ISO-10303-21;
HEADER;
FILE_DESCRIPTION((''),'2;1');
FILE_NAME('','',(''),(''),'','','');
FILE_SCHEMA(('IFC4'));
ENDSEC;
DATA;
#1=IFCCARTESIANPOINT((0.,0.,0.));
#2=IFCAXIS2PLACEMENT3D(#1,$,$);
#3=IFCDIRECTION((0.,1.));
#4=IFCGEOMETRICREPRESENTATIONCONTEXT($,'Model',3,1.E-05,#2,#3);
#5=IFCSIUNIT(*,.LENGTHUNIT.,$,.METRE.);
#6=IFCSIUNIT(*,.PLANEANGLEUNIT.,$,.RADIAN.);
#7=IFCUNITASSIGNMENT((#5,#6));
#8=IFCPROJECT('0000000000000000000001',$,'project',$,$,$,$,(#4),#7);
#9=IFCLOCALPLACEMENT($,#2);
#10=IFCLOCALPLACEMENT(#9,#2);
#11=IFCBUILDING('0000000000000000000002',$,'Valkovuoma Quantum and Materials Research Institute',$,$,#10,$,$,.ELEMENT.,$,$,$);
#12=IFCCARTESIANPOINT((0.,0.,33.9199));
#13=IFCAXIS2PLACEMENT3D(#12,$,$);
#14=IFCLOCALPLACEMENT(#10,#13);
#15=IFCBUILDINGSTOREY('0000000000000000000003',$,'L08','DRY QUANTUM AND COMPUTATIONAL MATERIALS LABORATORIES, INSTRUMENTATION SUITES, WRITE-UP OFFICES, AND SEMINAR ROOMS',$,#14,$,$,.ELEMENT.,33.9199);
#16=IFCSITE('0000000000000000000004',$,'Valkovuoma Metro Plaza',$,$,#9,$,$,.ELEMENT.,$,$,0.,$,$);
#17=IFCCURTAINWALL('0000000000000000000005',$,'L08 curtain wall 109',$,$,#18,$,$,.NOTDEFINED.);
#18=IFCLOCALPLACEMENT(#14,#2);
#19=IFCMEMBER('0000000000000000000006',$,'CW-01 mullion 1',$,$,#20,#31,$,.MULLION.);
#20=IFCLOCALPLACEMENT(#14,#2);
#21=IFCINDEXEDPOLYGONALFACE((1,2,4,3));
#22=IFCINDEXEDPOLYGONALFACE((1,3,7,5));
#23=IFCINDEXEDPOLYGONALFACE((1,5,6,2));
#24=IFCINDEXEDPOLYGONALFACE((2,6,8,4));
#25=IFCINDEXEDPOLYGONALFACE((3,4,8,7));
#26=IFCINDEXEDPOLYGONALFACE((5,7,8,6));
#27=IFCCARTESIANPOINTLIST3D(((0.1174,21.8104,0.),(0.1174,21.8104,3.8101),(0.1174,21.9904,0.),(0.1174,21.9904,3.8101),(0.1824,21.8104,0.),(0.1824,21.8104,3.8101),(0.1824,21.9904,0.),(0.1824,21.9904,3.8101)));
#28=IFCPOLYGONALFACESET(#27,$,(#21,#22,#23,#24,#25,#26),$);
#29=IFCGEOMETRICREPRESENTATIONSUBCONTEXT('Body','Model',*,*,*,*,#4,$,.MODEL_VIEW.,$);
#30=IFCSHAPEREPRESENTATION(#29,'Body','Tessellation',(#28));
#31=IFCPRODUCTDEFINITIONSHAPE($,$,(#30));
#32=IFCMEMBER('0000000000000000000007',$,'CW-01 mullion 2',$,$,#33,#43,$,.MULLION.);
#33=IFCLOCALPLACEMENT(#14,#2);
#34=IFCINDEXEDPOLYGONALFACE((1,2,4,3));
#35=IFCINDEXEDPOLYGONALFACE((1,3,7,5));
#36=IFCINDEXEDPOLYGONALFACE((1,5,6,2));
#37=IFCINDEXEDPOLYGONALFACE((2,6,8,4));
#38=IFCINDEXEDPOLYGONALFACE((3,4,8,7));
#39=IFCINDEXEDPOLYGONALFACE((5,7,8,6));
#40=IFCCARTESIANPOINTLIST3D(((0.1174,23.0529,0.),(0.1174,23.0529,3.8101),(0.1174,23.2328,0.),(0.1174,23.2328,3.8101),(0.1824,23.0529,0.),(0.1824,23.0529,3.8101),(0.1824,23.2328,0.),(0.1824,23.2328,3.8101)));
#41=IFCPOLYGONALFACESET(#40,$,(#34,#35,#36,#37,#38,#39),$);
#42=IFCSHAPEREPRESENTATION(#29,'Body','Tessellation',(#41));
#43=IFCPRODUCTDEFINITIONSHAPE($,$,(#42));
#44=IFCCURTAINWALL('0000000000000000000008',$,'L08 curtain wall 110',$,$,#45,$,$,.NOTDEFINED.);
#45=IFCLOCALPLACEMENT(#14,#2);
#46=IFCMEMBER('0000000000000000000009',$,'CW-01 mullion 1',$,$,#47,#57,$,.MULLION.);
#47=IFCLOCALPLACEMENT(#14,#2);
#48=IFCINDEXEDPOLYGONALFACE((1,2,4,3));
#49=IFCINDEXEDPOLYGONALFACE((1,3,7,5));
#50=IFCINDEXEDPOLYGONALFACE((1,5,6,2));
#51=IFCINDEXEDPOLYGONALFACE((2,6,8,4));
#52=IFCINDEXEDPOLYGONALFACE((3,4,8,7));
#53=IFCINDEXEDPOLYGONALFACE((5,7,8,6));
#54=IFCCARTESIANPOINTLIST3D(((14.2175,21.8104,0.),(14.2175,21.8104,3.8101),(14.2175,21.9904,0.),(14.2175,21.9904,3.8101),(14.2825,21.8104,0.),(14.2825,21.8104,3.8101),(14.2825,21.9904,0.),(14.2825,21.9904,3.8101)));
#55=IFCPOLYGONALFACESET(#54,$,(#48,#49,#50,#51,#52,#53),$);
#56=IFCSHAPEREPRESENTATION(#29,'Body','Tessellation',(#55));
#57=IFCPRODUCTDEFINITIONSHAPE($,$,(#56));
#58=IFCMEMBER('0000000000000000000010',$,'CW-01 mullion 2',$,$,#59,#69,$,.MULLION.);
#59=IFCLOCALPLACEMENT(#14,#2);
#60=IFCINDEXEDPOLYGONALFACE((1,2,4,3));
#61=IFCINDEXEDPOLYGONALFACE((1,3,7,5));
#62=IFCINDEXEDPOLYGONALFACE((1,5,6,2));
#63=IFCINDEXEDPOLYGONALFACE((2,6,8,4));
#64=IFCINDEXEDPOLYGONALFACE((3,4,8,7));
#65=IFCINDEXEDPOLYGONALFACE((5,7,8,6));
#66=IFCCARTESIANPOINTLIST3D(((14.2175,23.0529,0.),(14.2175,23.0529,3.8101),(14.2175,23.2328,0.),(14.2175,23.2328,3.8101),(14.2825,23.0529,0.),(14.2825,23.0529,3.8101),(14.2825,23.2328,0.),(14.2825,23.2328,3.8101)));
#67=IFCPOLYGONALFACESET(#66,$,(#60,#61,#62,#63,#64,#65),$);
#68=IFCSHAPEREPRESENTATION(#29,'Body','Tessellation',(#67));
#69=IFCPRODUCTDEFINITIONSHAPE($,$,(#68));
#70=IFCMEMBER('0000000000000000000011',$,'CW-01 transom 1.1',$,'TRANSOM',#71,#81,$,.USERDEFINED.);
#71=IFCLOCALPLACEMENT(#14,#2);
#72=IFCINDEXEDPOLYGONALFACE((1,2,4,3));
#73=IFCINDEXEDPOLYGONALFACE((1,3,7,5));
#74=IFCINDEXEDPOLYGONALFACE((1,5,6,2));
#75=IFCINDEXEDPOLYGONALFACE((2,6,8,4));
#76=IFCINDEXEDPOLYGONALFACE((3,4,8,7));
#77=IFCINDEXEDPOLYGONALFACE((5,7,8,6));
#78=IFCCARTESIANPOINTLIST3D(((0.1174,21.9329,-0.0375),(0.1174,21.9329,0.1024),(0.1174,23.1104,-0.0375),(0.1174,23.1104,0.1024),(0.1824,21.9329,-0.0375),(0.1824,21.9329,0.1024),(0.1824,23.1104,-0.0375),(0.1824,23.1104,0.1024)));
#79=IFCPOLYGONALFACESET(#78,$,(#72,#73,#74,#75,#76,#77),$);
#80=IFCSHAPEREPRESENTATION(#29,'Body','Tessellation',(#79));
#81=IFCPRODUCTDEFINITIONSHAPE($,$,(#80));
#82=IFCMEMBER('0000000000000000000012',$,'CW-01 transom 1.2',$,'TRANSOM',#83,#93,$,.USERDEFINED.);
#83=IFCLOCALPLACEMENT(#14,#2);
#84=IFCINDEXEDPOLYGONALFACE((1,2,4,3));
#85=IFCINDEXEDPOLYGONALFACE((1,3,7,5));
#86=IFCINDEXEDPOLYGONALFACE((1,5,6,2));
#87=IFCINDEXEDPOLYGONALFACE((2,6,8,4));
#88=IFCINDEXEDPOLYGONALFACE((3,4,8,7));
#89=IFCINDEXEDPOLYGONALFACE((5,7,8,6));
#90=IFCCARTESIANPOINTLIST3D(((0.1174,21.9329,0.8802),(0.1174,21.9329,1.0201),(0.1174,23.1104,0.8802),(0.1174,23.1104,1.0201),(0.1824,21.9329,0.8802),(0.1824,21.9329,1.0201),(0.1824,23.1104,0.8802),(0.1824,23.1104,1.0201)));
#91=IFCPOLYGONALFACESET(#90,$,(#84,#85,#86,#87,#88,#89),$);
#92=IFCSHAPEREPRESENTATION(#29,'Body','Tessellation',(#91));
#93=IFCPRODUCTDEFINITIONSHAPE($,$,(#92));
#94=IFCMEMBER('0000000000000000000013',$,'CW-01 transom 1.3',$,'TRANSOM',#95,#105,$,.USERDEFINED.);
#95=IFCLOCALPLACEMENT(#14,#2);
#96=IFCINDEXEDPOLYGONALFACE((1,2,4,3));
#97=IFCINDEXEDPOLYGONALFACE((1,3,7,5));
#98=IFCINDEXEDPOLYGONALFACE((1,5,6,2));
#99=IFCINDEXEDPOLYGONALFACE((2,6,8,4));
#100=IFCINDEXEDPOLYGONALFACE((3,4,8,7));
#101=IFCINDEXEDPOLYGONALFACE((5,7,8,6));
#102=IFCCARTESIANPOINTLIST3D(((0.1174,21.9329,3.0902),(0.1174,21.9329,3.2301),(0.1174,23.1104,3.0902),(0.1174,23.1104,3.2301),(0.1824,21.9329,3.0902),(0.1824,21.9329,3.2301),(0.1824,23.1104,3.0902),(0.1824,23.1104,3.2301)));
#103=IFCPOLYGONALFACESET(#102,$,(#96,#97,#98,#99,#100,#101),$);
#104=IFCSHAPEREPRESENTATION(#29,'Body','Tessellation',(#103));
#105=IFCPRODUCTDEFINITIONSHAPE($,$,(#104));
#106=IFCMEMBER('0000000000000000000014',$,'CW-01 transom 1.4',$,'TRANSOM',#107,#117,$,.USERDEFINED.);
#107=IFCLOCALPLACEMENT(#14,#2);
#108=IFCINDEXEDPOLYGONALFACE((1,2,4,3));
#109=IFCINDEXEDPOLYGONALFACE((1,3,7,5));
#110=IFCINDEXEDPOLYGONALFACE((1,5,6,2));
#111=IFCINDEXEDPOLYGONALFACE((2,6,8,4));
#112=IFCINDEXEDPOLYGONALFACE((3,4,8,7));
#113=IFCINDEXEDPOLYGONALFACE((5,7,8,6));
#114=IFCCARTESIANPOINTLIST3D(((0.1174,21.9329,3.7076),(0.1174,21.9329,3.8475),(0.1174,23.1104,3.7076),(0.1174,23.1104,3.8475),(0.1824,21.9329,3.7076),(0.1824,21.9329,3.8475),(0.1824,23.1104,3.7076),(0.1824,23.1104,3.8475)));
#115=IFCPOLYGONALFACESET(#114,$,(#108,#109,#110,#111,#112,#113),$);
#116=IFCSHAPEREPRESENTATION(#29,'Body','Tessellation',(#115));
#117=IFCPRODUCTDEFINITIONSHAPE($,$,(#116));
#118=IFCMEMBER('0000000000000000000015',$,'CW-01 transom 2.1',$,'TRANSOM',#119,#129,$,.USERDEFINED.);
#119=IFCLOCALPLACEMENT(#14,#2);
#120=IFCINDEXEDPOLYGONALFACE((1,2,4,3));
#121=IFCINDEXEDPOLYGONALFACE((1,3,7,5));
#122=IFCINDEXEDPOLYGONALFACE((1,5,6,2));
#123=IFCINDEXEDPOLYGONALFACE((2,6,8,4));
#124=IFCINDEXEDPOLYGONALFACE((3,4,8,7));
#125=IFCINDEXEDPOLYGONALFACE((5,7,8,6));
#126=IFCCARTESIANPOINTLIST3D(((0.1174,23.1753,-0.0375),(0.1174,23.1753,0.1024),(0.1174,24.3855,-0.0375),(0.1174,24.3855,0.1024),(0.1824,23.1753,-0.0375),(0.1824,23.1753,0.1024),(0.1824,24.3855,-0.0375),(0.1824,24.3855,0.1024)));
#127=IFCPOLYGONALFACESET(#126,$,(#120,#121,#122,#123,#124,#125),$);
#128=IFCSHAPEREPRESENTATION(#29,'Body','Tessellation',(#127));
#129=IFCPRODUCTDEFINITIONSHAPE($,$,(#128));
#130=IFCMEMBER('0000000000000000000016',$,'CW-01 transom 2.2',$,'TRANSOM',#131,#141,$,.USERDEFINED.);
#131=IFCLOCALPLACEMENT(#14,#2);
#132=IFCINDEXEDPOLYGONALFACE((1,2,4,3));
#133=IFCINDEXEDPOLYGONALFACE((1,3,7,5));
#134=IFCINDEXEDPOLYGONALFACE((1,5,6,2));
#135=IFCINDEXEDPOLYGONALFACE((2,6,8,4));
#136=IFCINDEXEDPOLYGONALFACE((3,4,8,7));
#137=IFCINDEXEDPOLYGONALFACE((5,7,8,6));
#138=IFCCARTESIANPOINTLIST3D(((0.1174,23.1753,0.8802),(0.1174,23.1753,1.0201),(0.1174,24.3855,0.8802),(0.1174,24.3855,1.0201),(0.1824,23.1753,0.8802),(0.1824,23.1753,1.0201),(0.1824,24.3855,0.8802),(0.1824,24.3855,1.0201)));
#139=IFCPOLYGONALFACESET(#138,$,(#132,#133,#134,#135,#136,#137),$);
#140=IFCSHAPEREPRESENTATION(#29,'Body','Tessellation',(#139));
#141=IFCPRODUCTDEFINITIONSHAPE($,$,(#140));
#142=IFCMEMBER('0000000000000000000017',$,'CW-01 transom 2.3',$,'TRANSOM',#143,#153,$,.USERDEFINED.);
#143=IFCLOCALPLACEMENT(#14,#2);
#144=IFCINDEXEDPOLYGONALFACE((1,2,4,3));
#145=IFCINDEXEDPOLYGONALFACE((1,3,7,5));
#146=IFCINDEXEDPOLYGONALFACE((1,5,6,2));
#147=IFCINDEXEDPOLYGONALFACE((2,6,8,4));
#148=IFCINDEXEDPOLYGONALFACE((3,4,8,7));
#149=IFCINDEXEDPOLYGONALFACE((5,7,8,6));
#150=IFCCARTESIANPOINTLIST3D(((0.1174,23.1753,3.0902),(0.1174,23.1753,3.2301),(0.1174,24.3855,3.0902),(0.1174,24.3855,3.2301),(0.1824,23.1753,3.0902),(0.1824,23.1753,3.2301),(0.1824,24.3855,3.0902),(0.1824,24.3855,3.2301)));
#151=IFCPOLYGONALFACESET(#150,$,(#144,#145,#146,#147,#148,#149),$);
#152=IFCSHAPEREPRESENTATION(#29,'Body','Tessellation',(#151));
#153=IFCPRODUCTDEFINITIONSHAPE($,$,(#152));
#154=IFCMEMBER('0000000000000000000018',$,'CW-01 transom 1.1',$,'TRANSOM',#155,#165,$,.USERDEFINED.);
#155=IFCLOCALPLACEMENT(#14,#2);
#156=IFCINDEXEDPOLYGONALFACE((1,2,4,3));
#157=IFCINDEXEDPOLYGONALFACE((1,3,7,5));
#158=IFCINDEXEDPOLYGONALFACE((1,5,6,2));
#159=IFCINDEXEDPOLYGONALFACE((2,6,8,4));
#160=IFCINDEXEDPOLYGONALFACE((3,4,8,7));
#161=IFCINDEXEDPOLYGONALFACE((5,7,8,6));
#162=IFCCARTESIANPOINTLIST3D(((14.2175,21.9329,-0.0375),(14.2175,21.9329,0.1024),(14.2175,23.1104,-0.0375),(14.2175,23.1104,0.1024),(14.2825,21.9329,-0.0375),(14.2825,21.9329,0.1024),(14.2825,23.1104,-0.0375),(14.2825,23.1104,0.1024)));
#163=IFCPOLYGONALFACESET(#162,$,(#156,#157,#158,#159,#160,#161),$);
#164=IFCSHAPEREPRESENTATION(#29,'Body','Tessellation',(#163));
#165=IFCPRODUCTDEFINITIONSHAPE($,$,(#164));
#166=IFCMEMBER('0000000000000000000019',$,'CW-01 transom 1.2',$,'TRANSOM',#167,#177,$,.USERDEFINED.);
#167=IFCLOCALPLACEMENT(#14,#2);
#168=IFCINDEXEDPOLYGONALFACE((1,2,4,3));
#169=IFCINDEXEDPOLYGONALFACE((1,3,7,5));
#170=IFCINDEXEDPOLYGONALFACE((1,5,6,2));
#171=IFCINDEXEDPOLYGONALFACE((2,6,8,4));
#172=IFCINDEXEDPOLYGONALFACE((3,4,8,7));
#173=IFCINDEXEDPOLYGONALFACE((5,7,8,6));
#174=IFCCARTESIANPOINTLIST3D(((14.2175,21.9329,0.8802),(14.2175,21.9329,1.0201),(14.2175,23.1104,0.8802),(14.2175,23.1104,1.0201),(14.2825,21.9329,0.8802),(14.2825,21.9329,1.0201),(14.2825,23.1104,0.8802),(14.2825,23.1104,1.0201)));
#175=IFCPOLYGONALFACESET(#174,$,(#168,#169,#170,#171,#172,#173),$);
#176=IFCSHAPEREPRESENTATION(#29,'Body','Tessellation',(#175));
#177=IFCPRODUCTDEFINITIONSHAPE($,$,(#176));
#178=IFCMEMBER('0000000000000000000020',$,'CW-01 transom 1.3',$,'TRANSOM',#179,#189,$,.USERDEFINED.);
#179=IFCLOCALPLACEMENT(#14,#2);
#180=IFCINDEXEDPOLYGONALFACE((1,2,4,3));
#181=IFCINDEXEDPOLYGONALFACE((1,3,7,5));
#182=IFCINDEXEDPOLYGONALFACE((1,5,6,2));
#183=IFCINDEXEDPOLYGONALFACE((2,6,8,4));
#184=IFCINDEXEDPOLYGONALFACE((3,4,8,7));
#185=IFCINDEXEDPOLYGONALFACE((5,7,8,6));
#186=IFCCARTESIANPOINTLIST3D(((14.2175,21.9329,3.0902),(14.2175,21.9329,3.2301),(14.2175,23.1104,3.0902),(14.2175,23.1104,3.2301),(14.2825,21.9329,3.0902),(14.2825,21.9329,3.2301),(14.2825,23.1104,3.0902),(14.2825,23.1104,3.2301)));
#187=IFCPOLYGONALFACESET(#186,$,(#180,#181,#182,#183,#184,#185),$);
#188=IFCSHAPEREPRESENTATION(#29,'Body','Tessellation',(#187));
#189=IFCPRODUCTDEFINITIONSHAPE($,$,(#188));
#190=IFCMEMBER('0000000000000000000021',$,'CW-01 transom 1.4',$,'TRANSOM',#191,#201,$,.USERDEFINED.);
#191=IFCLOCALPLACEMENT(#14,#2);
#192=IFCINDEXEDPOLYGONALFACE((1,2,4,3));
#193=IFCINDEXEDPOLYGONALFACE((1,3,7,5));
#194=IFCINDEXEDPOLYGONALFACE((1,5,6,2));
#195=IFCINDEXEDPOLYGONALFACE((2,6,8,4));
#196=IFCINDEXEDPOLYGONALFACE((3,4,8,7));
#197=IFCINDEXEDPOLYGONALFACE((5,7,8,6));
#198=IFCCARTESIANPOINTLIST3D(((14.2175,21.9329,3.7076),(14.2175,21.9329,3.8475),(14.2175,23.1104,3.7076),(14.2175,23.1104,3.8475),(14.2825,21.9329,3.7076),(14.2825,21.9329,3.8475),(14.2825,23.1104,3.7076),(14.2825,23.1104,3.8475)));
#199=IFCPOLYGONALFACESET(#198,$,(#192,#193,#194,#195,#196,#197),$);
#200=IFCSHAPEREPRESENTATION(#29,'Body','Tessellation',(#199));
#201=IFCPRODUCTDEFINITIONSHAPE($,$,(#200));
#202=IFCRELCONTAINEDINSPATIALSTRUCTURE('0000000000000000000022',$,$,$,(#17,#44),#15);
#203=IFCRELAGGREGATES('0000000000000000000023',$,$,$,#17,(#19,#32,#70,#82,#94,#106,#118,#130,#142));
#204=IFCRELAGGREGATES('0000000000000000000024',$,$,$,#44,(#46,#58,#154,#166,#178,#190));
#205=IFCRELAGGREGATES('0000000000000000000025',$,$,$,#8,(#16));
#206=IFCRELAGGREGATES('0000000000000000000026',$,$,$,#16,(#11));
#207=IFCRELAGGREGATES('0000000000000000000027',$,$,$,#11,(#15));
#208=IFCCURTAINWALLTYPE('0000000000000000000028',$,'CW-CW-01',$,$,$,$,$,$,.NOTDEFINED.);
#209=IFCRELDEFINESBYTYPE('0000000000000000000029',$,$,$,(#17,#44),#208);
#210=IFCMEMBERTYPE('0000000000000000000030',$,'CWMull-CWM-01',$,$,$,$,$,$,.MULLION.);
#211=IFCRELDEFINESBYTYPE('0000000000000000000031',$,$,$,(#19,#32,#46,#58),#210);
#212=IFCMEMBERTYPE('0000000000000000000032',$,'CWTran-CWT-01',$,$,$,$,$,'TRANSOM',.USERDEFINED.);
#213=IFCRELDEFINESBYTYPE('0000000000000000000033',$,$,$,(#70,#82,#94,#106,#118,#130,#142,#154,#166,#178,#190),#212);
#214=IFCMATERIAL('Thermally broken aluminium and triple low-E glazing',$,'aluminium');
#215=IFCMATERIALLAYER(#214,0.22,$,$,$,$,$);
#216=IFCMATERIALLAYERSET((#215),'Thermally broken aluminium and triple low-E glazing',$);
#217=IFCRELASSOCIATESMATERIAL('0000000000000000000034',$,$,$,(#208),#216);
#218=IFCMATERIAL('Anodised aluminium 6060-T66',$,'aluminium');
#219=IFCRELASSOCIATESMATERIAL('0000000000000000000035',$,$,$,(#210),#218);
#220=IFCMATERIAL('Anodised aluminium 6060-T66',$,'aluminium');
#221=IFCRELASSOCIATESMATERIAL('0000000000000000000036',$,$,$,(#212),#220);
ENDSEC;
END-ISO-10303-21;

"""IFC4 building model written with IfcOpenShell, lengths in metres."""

from ifc_helpers import new_model, si_unit, direction, frame, origin, origin_2d, place, context, subcontext, project, spatial, rectangle, extrude, material, layer, layer_set, material_profile, profile_set, type_object, element, aggregate, save


model = new_model("IFC4")

# Units and contexts
model_context = context("Model", 3, precision=1e-05, world=origin(), true_north=direction((0.0, 1.0)))
body_context = subcontext(model_context, "Body", "Model", "MODEL_VIEW")
ifc_project = project(units=[si_unit("LENGTHUNIT", "METRE"), si_unit("PLANEANGLEUNIT", "RADIAN")], contexts=[model_context])

# Site, building, storey
site_placement = place(None, origin())
site = spatial("IfcSite", under=ifc_project, at=site_placement, Name="Valkovuoma Metro Plaza", CompositionType="ELEMENT", RefElevation=0.0)
building_placement = place(site_placement, origin())
building = spatial("IfcBuilding", under=site, at=building_placement, Name="Valkovuoma Quantum and Materials Research Institute", CompositionType="ELEMENT")
storey_placement = place(building_placement, frame((0.0, 0.0, 33.9199)))
storey = spatial("IfcBuildingStorey", under=building, at=storey_placement, Name="L08", Description="DRY QUANTUM AND COMPUTATIONAL MATERIALS LABORATORIES, INSTRUMENTATION SUITES, WRITE-UP OFFICES, AND SEMINAR ROOMS", CompositionType="ELEMENT", Elevation=33.9199)

# Curtain walls, members
ifc_material_1 = material(Name="Thermally broken aluminium and triple low-E glazing", Category="aluminium")
ifc_layer_1 = layer(ifc_material_1, 0.22)
ifc_layer_set_1 = layer_set([ifc_layer_1], Name="Thermally broken aluminium and triple low-E glazing")
curtain_wall_type = type_object("IfcCurtainWallType", Name="CW-CW-01", PredefinedType="NOTDEFINED", material=ifc_layer_set_1)
curtain_wall_1_placement = place(storey_placement, origin())
curtain_wall_1 = element("IfcCurtainWall", 1, at=curtain_wall_1_placement, inside=storey, type_object=curtain_wall_type, Name="L08 curtain wall 109", PredefinedType="NOTDEFINED")
ifc_material_2 = material(Name="Anodised aluminium 6060-T66", Category="aluminium")
ifc_material_profile_1 = material_profile(ifc_material_2, rectangle(XDim=0.0649, YDim=0.1799, at=origin_2d()), Name="Anodised aluminium 6060-T66")
ifc_profile_set_1 = profile_set([ifc_material_profile_1], Name="Anodised aluminium 6060-T66")
member_type_1 = type_object("IfcMemberType", Name="CWMull-CWM-01", PredefinedType="MULLION", material=ifc_profile_set_1)
member_1_placement = place(storey_placement, frame((0.1499, 21.9004, 0.0), z_axis=(0.0, 0.0, 1.0), x_axis=(-1.0, 0.0, 0.0)))
member_1 = element("IfcMember", 2, at=member_1_placement, type_object=member_type_1, Name="CW-01 mullion 1", PredefinedType="MULLION", context=body_context, shape_type="SweptSolid", body=[
    extrude(rectangle(XDim=0.0649, YDim=0.1799, at=origin_2d()), origin(), (0.0, 0.0, 1.0), 3.8101),
])
member_2_placement = place(storey_placement, frame((0.1499, 23.1428, 0.0), z_axis=(0.0, 0.0, 1.0), x_axis=(-1.0, 0.0, 0.0)))
member_2 = element("IfcMember", 3, at=member_2_placement, type_object=member_type_1, Name="CW-01 mullion 2", PredefinedType="MULLION", context=body_context, shape_type="SweptSolid", body=[
    extrude(rectangle(XDim=0.0649, YDim=0.1799, at=origin_2d()), origin(), (0.0, 0.0, 1.0), 3.8101),
])
curtain_wall_2_placement = place(storey_placement, origin())
curtain_wall_2 = element("IfcCurtainWall", 4, at=curtain_wall_2_placement, inside=storey, type_object=curtain_wall_type, Name="L08 curtain wall 110", PredefinedType="NOTDEFINED")
member_3_placement = place(storey_placement, frame((14.25, 21.9004, 0.0), z_axis=(0.0, 0.0, 1.0), x_axis=(-1.0, 0.0, 0.0)))
member_3 = element("IfcMember", 5, at=member_3_placement, type_object=member_type_1, Name="CW-01 mullion 1", PredefinedType="MULLION", context=body_context, shape_type="SweptSolid", body=[
    extrude(rectangle(XDim=0.0649, YDim=0.1799, at=origin_2d()), origin(), (0.0, 0.0, 1.0), 3.8101),
])
member_4_placement = place(storey_placement, frame((14.25, 23.1428, 0.0), z_axis=(0.0, 0.0, 1.0), x_axis=(-1.0, 0.0, 0.0)))
member_4 = element("IfcMember", 6, at=member_4_placement, type_object=member_type_1, Name="CW-01 mullion 2", PredefinedType="MULLION", context=body_context, shape_type="SweptSolid", body=[
    extrude(rectangle(XDim=0.0649, YDim=0.1799, at=origin_2d()), origin(), (0.0, 0.0, 1.0), 3.8101),
])

# Members
ifc_material_3 = material(Name="Anodised aluminium 6060-T66", Category="aluminium")
ifc_material_profile_2 = material_profile(ifc_material_3, rectangle(XDim=0.0649, YDim=0.1399, at=origin_2d()), Name="Anodised aluminium 6060-T66")
ifc_profile_set_2 = profile_set([ifc_material_profile_2], Name="Anodised aluminium 6060-T66")
member_type_2 = type_object("IfcMemberType", Name="CWTran-CWT-01", ElementType="TRANSOM", PredefinedType="USERDEFINED", material=ifc_profile_set_2)
member_5_placement = place(storey_placement, frame((0.1499, 21.9329, 0.0325), z_axis=(0.0, 1.0, 0.0), x_axis=(-1.0, 0.0, 0.0)))
member_5 = element("IfcMember", 7, at=member_5_placement, type_object=member_type_2, Name="CW-01 transom 1.1", ObjectType="TRANSOM", PredefinedType="USERDEFINED", context=body_context, shape_type="SweptSolid", body=[
    extrude(rectangle(XDim=0.0649, YDim=0.1399, at=origin_2d()), origin(), (0.0, 0.0, 1.0), 1.1775),
])
member_6_placement = place(storey_placement, frame((0.1499, 21.9329, 0.9502), z_axis=(0.0, 1.0, 0.0), x_axis=(-1.0, 0.0, 0.0)))
member_6 = element("IfcMember", 8, at=member_6_placement, type_object=member_type_2, Name="CW-01 transom 1.2", ObjectType="TRANSOM", PredefinedType="USERDEFINED", context=body_context, shape_type="SweptSolid", body=[
    extrude(rectangle(XDim=0.0649, YDim=0.1399, at=origin_2d()), origin(), (0.0, 0.0, 1.0), 1.1775),
])
member_7_placement = place(storey_placement, frame((0.1499, 21.9329, 3.1602), z_axis=(0.0, 1.0, 0.0), x_axis=(-1.0, 0.0, 0.0)))
member_7 = element("IfcMember", 9, at=member_7_placement, type_object=member_type_2, Name="CW-01 transom 1.3", ObjectType="TRANSOM", PredefinedType="USERDEFINED", context=body_context, shape_type="SweptSolid", body=[
    extrude(rectangle(XDim=0.0649, YDim=0.1399, at=origin_2d()), origin(), (0.0, 0.0, 1.0), 1.1775),
])
member_8_placement = place(storey_placement, frame((0.1499, 21.9329, 3.7776), z_axis=(0.0, 1.0, 0.0), x_axis=(-1.0, 0.0, 0.0)))
member_8 = element("IfcMember", 10, at=member_8_placement, type_object=member_type_2, Name="CW-01 transom 1.4", ObjectType="TRANSOM", PredefinedType="USERDEFINED", context=body_context, shape_type="SweptSolid", body=[
    extrude(rectangle(XDim=0.0649, YDim=0.1399, at=origin_2d()), origin(), (0.0, 0.0, 1.0), 1.1775),
])
member_9_placement = place(storey_placement, frame((0.1499, 23.1753, 0.0325), z_axis=(0.0, 1.0, 0.0), x_axis=(-1.0, 0.0, 0.0)))
member_9 = element("IfcMember", 11, at=member_9_placement, type_object=member_type_2, Name="CW-01 transom 2.1", ObjectType="TRANSOM", PredefinedType="USERDEFINED", context=body_context, shape_type="SweptSolid", body=[
    extrude(rectangle(XDim=0.0649, YDim=0.1399, at=origin_2d()), origin(), (0.0, 0.0, 1.0), 1.2102),
])
member_10_placement = place(storey_placement, frame((0.1499, 23.1753, 0.9502), z_axis=(0.0, 1.0, 0.0), x_axis=(-1.0, 0.0, 0.0)))
member_10 = element("IfcMember", 12, at=member_10_placement, type_object=member_type_2, Name="CW-01 transom 2.2", ObjectType="TRANSOM", PredefinedType="USERDEFINED", context=body_context, shape_type="SweptSolid", body=[
    extrude(rectangle(XDim=0.0649, YDim=0.1399, at=origin_2d()), origin(), (0.0, 0.0, 1.0), 1.2102),
])
member_11_placement = place(storey_placement, frame((0.1499, 23.1753, 3.1602), z_axis=(0.0, 1.0, 0.0), x_axis=(-1.0, 0.0, 0.0)))
member_11 = element("IfcMember", 13, at=member_11_placement, type_object=member_type_2, Name="CW-01 transom 2.3", ObjectType="TRANSOM", PredefinedType="USERDEFINED", context=body_context, shape_type="SweptSolid", body=[
    extrude(rectangle(XDim=0.0649, YDim=0.1399, at=origin_2d()), origin(), (0.0, 0.0, 1.0), 1.2102),
])
member_12_placement = place(storey_placement, frame((14.25, 21.9329, 0.0325), z_axis=(0.0, 1.0, 0.0), x_axis=(-1.0, 0.0, 0.0)))
member_12 = element("IfcMember", 14, at=member_12_placement, type_object=member_type_2, Name="CW-01 transom 1.1", ObjectType="TRANSOM", PredefinedType="USERDEFINED", context=body_context, shape_type="SweptSolid", body=[
    extrude(rectangle(XDim=0.0649, YDim=0.1399, at=origin_2d()), origin(), (0.0, 0.0, 1.0), 1.1775),
])
member_13_placement = place(storey_placement, frame((14.25, 21.9329, 0.9502), z_axis=(0.0, 1.0, 0.0), x_axis=(-1.0, 0.0, 0.0)))
member_13 = element("IfcMember", 15, at=member_13_placement, type_object=member_type_2, Name="CW-01 transom 1.2", ObjectType="TRANSOM", PredefinedType="USERDEFINED", context=body_context, shape_type="SweptSolid", body=[
    extrude(rectangle(XDim=0.0649, YDim=0.1399, at=origin_2d()), origin(), (0.0, 0.0, 1.0), 1.1775),
])
member_14_placement = place(storey_placement, frame((14.25, 21.9329, 3.1602), z_axis=(0.0, 1.0, 0.0), x_axis=(-1.0, 0.0, 0.0)))
member_14 = element("IfcMember", 16, at=member_14_placement, type_object=member_type_2, Name="CW-01 transom 1.3", ObjectType="TRANSOM", PredefinedType="USERDEFINED", context=body_context, shape_type="SweptSolid", body=[
    extrude(rectangle(XDim=0.0649, YDim=0.1399, at=origin_2d()), origin(), (0.0, 0.0, 1.0), 1.1775),
])
member_15_placement = place(storey_placement, frame((14.25, 21.9329, 3.7776), z_axis=(0.0, 1.0, 0.0), x_axis=(-1.0, 0.0, 0.0)))
member_15 = element("IfcMember", 17, at=member_15_placement, type_object=member_type_2, Name="CW-01 transom 1.4", ObjectType="TRANSOM", PredefinedType="USERDEFINED", context=body_context, shape_type="SweptSolid", body=[
    extrude(rectangle(XDim=0.0649, YDim=0.1399, at=origin_2d()), origin(), (0.0, 0.0, 1.0), 1.1775),
])

aggregate(curtain_wall_1, [member_1, member_2, member_5, member_6, member_7, member_8, member_9, member_10, member_11])
aggregate(curtain_wall_2, [member_3, member_4, member_12, member_13, member_14, member_15])

save(model, "model.ifc")
